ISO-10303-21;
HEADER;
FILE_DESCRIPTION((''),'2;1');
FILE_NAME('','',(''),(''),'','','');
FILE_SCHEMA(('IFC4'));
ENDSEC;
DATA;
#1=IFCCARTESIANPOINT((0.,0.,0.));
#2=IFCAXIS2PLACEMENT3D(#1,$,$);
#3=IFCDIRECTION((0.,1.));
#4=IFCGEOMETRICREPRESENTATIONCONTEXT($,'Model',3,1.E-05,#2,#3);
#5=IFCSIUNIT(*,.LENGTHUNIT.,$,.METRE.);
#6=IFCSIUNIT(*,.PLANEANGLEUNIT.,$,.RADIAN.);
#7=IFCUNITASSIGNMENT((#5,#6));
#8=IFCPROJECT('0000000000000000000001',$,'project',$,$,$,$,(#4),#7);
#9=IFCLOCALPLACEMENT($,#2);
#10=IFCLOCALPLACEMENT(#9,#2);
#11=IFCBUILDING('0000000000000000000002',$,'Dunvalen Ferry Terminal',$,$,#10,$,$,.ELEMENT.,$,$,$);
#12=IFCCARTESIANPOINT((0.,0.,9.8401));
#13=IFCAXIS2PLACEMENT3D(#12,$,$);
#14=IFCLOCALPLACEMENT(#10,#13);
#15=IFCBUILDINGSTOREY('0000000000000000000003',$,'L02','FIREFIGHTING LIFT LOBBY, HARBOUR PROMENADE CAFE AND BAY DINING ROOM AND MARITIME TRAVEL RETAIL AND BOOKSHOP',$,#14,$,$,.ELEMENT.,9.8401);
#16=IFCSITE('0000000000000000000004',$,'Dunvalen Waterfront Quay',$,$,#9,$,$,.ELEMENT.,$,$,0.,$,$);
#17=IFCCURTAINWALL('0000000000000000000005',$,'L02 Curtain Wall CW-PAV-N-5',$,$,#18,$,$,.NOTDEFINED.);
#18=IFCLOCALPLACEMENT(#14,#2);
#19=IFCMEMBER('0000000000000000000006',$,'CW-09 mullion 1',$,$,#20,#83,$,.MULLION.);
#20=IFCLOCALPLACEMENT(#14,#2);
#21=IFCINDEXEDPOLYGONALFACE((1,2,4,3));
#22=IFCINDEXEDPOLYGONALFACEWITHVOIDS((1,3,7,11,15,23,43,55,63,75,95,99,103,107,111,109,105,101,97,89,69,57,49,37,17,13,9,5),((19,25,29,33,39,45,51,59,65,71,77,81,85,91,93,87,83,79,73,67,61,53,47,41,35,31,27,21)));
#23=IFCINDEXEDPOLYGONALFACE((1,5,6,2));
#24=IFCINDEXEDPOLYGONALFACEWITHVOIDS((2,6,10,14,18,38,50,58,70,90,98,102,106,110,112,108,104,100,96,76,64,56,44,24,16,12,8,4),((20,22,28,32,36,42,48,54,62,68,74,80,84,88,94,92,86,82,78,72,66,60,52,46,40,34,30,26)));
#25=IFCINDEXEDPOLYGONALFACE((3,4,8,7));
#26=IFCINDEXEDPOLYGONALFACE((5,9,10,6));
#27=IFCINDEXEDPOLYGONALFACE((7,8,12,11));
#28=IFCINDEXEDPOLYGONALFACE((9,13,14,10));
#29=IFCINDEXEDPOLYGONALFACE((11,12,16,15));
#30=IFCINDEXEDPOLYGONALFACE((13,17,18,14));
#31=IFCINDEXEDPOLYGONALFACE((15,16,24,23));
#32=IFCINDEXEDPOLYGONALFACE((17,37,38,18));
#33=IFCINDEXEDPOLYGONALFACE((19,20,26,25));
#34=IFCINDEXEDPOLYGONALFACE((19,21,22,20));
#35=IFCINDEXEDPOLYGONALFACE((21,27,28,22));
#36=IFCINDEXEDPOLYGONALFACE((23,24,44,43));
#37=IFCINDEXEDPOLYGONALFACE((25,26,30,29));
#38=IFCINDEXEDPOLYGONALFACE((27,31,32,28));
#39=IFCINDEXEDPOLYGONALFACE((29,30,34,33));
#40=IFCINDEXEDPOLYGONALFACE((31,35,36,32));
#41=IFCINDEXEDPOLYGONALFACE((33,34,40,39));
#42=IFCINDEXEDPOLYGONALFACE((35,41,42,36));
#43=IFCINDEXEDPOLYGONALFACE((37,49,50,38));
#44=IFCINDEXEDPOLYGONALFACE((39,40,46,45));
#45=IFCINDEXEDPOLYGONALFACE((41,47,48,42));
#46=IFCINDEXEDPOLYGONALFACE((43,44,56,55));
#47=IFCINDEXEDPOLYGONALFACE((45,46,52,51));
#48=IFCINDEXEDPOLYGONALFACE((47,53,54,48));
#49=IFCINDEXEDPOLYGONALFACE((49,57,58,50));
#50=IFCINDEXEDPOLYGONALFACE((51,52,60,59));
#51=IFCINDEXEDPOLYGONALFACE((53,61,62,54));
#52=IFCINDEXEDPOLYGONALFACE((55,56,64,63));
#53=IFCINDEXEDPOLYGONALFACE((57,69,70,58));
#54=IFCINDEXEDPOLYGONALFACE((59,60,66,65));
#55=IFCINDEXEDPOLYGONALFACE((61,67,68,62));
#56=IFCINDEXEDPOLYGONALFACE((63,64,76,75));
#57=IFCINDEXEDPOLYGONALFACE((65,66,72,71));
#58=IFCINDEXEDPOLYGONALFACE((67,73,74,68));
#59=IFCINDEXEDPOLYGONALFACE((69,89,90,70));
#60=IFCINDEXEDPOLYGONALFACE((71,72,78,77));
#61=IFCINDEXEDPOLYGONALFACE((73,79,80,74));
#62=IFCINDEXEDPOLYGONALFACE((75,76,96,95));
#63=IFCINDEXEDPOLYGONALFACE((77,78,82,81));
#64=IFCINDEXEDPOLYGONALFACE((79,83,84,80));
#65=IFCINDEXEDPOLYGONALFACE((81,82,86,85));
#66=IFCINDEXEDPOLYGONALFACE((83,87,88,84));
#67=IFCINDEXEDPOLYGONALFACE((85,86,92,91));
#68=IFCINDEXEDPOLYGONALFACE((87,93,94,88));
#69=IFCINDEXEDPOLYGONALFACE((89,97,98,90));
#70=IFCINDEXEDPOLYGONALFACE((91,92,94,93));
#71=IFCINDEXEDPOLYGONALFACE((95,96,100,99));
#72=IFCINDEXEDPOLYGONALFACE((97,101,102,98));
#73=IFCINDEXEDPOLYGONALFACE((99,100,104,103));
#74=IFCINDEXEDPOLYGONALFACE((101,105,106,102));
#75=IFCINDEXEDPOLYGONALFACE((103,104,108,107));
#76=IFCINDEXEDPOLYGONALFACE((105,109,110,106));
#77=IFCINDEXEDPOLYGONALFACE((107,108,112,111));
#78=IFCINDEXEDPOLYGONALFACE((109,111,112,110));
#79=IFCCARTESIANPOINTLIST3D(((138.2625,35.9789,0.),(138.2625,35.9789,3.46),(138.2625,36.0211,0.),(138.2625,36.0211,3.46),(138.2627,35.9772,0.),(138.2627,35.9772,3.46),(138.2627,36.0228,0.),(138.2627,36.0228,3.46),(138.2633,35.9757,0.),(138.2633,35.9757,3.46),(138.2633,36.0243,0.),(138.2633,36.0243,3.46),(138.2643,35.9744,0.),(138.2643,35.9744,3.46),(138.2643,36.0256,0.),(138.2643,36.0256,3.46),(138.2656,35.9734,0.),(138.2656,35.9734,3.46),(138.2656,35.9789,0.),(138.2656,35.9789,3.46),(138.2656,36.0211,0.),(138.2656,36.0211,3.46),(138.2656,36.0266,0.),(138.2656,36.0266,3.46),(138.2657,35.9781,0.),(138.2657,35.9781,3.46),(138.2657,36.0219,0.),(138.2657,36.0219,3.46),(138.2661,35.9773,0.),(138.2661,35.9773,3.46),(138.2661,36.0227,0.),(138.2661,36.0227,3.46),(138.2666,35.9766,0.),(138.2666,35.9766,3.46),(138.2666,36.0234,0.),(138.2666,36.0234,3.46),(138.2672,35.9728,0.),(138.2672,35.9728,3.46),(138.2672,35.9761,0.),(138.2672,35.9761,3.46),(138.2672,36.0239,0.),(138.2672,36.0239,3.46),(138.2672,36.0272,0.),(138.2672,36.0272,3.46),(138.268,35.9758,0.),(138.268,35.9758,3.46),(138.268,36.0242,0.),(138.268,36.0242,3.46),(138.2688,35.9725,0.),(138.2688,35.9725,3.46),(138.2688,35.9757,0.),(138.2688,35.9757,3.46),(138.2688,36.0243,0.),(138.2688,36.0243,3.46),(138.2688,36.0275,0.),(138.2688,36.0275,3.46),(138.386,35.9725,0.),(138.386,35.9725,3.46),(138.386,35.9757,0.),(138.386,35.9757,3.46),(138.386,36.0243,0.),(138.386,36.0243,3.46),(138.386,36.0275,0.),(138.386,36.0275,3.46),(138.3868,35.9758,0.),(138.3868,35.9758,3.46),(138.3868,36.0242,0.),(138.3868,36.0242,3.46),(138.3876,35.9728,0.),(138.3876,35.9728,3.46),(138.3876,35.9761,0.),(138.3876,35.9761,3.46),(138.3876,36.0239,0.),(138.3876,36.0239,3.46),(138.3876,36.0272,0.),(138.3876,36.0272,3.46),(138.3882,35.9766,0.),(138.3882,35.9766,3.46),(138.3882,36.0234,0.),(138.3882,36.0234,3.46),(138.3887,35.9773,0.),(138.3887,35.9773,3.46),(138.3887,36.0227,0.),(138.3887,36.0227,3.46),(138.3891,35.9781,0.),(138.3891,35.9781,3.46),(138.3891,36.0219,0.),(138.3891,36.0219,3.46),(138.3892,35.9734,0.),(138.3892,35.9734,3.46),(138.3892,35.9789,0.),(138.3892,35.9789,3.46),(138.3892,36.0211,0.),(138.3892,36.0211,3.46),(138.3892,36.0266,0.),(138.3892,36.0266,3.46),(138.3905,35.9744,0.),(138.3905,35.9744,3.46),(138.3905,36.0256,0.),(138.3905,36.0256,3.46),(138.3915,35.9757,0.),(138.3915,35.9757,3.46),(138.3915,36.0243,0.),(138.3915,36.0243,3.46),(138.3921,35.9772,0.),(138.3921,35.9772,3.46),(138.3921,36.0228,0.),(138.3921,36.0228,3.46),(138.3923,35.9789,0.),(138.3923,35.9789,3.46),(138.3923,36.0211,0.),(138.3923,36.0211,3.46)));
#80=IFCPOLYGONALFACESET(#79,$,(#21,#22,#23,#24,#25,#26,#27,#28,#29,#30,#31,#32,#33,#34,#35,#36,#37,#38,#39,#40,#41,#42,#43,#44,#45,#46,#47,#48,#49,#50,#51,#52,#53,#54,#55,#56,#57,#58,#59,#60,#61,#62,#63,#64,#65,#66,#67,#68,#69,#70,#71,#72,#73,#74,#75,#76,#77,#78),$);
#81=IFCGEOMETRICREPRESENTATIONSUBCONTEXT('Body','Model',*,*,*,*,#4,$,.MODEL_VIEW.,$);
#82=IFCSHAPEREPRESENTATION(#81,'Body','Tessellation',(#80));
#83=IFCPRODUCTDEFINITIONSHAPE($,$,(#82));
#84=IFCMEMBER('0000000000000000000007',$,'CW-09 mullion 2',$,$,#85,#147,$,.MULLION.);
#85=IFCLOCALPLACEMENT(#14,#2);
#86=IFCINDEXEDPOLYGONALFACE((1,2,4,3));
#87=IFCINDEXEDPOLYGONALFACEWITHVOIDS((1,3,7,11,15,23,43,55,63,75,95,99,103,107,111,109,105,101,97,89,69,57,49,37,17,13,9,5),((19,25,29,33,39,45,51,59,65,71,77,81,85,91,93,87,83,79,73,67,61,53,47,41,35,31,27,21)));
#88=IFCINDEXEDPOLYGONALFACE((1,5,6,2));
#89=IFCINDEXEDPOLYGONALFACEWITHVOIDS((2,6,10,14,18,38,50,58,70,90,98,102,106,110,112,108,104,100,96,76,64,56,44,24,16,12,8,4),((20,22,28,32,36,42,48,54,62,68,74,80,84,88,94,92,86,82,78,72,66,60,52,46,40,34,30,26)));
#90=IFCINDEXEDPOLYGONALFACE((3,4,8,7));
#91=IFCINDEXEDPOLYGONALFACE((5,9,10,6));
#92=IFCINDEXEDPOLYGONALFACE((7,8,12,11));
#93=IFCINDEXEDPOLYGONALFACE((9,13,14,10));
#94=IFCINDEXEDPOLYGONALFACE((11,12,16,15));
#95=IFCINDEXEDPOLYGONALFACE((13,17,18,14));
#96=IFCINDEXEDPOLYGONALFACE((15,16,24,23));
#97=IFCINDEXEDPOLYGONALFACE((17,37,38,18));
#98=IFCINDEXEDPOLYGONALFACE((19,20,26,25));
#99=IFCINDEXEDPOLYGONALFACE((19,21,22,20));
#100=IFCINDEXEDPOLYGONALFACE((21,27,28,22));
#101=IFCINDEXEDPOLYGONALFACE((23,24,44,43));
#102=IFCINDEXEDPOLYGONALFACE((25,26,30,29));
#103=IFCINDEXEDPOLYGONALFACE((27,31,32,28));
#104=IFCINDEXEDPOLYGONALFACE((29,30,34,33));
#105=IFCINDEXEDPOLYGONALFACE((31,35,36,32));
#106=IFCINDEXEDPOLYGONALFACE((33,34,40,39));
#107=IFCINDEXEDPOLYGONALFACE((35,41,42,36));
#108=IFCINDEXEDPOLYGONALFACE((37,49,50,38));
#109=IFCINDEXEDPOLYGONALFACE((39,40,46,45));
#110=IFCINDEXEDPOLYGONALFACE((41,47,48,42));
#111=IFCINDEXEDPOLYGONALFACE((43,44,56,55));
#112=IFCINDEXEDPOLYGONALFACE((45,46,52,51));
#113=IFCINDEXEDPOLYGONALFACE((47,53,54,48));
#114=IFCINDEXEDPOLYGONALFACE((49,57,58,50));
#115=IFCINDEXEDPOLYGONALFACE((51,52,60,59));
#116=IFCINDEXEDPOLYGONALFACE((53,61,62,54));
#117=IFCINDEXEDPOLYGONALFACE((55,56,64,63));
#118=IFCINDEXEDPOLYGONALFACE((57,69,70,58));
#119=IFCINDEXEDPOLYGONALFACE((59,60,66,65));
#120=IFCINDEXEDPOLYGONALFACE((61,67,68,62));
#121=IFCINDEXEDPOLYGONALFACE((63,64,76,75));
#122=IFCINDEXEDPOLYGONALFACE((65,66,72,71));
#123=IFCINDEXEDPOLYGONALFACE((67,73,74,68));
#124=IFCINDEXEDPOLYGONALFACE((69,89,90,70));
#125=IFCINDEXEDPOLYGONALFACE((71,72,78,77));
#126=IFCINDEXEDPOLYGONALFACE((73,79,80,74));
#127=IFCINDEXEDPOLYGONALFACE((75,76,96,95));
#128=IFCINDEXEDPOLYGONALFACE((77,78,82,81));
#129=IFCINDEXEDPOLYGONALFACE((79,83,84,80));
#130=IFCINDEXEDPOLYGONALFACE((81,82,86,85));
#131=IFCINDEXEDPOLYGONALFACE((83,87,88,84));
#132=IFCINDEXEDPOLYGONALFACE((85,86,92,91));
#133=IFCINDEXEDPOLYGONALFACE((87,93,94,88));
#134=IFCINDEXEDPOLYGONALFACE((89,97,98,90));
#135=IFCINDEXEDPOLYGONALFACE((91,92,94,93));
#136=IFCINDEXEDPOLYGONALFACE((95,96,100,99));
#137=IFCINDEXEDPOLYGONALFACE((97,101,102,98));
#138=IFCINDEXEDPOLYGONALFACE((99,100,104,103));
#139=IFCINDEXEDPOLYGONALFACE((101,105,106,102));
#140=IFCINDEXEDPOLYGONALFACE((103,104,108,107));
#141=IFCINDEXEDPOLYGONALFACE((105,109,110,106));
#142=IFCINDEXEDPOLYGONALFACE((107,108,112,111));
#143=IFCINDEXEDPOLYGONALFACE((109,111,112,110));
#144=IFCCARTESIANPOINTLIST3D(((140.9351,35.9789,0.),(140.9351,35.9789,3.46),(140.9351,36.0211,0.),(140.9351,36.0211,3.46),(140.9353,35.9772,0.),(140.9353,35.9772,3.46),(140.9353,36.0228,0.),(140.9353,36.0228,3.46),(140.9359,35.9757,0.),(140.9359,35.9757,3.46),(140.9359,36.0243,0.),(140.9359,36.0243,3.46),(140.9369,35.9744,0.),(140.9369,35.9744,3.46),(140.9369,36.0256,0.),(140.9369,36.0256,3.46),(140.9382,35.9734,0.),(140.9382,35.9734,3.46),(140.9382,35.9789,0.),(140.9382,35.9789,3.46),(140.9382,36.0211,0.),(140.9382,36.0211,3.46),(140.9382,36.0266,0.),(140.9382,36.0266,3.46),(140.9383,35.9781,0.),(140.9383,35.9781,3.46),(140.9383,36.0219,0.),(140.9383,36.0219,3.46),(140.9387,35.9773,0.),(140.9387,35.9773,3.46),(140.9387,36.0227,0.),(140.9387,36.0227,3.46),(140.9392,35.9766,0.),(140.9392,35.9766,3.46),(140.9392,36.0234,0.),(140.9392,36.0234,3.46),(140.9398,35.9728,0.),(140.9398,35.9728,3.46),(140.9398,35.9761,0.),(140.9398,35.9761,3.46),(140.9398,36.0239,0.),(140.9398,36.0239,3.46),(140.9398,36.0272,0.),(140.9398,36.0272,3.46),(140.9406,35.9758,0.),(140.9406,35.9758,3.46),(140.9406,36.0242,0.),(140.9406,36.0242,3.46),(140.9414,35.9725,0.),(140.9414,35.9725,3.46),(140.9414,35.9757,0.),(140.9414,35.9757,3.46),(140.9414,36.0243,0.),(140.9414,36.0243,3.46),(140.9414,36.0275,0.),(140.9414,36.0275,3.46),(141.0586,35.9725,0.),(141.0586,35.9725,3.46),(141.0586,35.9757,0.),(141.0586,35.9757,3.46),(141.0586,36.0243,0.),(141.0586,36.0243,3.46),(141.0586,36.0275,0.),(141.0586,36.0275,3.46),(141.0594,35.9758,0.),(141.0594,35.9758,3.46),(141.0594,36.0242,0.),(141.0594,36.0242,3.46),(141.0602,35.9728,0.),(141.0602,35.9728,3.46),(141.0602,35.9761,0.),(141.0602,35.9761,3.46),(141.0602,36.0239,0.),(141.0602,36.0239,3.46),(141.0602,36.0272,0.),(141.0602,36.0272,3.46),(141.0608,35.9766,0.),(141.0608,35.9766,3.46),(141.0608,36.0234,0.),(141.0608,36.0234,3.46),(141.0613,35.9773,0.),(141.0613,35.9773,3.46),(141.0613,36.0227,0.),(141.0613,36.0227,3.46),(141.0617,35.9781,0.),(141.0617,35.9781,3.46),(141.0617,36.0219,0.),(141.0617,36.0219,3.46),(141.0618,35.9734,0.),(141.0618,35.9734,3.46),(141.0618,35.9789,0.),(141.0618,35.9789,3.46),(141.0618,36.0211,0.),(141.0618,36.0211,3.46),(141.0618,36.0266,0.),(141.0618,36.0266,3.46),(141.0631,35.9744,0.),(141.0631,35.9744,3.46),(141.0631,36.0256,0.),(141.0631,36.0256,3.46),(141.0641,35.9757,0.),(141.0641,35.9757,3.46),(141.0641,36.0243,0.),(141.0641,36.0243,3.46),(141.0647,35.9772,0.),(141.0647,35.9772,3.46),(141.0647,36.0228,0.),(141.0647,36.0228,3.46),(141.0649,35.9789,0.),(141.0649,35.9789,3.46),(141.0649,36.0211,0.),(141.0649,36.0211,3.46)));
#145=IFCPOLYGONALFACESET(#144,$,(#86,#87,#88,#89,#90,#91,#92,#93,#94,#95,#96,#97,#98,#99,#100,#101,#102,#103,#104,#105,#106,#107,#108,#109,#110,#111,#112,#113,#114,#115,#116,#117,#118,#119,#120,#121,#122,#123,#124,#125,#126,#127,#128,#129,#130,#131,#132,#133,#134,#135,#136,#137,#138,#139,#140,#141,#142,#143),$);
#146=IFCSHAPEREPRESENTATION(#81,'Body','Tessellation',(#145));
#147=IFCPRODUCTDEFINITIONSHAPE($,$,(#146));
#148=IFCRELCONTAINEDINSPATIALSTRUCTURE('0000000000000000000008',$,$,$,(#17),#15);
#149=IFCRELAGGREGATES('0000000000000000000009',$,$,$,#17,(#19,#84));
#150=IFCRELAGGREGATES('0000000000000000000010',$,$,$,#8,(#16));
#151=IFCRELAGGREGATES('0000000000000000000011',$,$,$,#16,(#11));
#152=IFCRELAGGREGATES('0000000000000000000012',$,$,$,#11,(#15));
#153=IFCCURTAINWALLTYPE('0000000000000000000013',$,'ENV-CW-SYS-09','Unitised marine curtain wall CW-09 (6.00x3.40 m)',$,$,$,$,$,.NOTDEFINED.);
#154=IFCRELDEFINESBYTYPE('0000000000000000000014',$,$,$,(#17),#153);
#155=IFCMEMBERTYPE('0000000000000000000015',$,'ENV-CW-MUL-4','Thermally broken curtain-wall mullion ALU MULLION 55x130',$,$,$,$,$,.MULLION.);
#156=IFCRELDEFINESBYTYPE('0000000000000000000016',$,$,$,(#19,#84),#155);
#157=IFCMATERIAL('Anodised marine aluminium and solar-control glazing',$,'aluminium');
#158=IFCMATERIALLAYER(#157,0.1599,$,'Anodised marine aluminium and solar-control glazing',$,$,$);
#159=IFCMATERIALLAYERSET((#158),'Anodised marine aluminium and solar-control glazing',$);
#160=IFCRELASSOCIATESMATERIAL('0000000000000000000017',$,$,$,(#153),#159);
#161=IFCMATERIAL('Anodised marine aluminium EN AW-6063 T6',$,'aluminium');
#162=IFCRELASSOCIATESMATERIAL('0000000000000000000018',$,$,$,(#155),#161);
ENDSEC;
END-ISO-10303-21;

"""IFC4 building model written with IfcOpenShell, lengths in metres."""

from ifc_helpers import new_model, si_unit, direction, frame, origin, origin_2d, place, context, subcontext, project, spatial, hollow_rectangle, extrude, material, layer, layer_set, material_profile, profile_set, type_object, element, aggregate, save


model = new_model("IFC4")

# Units and contexts
model_context = context("Model", 3, precision=1e-05, world=origin(), true_north=direction((0.0, 1.0)))
body_context = subcontext(model_context, "Body", "Model", "MODEL_VIEW")
ifc_project = project(units=[si_unit("LENGTHUNIT", "METRE"), si_unit("PLANEANGLEUNIT", "RADIAN")], contexts=[model_context])

# Site, building, storey
site_placement = place(None, origin())
site = spatial("IfcSite", under=ifc_project, at=site_placement, Name="Dunvalen Waterfront Quay", CompositionType="ELEMENT", RefElevation=0.0)
building_placement = place(site_placement, origin())
building = spatial("IfcBuilding", under=site, at=building_placement, Name="Dunvalen Ferry Terminal", CompositionType="ELEMENT")
storey_placement = place(building_placement, frame((0.0, 0.0, 9.8401)))
storey = spatial("IfcBuildingStorey", under=building, at=storey_placement, Name="L02", Description="FIREFIGHTING LIFT LOBBY, HARBOUR PROMENADE CAFE AND BAY DINING ROOM AND MARITIME TRAVEL RETAIL AND BOOKSHOP", CompositionType="ELEMENT", Elevation=9.8401)

# Curtain wall, members
ifc_material_1 = material(Name="Anodised marine aluminium and solar-control glazing", Category="aluminium")
ifc_layer_1 = layer(ifc_material_1, 0.1599, Name="Anodised marine aluminium and solar-control glazing")
ifc_layer_set_1 = layer_set([ifc_layer_1], Name="Anodised marine aluminium and solar-control glazing")
curtain_wall_type = type_object("IfcCurtainWallType", Name="ENV-CW-SYS-09", Description="Unitised marine curtain wall CW-09 (6.00x3.40 m)", PredefinedType="NOTDEFINED", material=ifc_layer_set_1)
curtain_wall_placement = place(storey_placement, origin())
curtain_wall = element("IfcCurtainWall", 1, at=curtain_wall_placement, inside=storey, type_object=curtain_wall_type, Name="L02 Curtain Wall CW-PAV-N-5", PredefinedType="NOTDEFINED")
ifc_material_2 = material(Name="Anodised marine aluminium EN AW-6063 T6", Category="aluminium")
ifc_material_profile_1 = material_profile(ifc_material_2, hollow_rectangle(XDim=0.0549, YDim=0.1299, WallThickness=0.0032, InnerFilletRadius=0.0032, OuterFilletRadius=0.0063, at=origin_2d()), Name="Anodised marine aluminium EN AW-6063 T6")
ifc_profile_set_1 = profile_set([ifc_material_profile_1], Name="Anodised marine aluminium EN AW-6063 T6")
member_type_1 = type_object("IfcMemberType", Name="ENV-CW-MUL-4", Description="Thermally broken curtain-wall mullion ALU MULLION 55x130", PredefinedType="MULLION", material=ifc_profile_set_1)
member_1_placement = place(storey_placement, frame((138.3274, 36.0, 0.0), z_axis=(0.0, 0.0, 1.0), x_axis=(0.0, 1.0, 0.0)))
member_1 = element("IfcMember", 2, at=member_1_placement, type_object=member_type_1, Name="CW-09 mullion 1", PredefinedType="MULLION", context=body_context, shape_type="SweptSolid", body=[
    extrude(hollow_rectangle(XDim=0.0549, YDim=0.1299, WallThickness=0.0032, InnerFilletRadius=0.0032, OuterFilletRadius=0.0063, at=origin_2d()), origin(), (0.0, 0.0, 1.0), 3.46),
])
member_2_placement = place(storey_placement, frame((141.0, 36.0, 0.0), z_axis=(0.0, 0.0, 1.0), x_axis=(0.0, 1.0, 0.0)))
member_2 = element("IfcMember", 3, at=member_2_placement, type_object=member_type_1, Name="CW-09 mullion 2", PredefinedType="MULLION", context=body_context, shape_type="SweptSolid", body=[
    extrude(hollow_rectangle(XDim=0.0549, YDim=0.1299, WallThickness=0.0032, InnerFilletRadius=0.0032, OuterFilletRadius=0.0063, at=origin_2d()), origin(), (0.0, 0.0, 1.0), 3.46),
])

aggregate(curtain_wall, [member_1, member_2])

save(model, "model.ifc")
